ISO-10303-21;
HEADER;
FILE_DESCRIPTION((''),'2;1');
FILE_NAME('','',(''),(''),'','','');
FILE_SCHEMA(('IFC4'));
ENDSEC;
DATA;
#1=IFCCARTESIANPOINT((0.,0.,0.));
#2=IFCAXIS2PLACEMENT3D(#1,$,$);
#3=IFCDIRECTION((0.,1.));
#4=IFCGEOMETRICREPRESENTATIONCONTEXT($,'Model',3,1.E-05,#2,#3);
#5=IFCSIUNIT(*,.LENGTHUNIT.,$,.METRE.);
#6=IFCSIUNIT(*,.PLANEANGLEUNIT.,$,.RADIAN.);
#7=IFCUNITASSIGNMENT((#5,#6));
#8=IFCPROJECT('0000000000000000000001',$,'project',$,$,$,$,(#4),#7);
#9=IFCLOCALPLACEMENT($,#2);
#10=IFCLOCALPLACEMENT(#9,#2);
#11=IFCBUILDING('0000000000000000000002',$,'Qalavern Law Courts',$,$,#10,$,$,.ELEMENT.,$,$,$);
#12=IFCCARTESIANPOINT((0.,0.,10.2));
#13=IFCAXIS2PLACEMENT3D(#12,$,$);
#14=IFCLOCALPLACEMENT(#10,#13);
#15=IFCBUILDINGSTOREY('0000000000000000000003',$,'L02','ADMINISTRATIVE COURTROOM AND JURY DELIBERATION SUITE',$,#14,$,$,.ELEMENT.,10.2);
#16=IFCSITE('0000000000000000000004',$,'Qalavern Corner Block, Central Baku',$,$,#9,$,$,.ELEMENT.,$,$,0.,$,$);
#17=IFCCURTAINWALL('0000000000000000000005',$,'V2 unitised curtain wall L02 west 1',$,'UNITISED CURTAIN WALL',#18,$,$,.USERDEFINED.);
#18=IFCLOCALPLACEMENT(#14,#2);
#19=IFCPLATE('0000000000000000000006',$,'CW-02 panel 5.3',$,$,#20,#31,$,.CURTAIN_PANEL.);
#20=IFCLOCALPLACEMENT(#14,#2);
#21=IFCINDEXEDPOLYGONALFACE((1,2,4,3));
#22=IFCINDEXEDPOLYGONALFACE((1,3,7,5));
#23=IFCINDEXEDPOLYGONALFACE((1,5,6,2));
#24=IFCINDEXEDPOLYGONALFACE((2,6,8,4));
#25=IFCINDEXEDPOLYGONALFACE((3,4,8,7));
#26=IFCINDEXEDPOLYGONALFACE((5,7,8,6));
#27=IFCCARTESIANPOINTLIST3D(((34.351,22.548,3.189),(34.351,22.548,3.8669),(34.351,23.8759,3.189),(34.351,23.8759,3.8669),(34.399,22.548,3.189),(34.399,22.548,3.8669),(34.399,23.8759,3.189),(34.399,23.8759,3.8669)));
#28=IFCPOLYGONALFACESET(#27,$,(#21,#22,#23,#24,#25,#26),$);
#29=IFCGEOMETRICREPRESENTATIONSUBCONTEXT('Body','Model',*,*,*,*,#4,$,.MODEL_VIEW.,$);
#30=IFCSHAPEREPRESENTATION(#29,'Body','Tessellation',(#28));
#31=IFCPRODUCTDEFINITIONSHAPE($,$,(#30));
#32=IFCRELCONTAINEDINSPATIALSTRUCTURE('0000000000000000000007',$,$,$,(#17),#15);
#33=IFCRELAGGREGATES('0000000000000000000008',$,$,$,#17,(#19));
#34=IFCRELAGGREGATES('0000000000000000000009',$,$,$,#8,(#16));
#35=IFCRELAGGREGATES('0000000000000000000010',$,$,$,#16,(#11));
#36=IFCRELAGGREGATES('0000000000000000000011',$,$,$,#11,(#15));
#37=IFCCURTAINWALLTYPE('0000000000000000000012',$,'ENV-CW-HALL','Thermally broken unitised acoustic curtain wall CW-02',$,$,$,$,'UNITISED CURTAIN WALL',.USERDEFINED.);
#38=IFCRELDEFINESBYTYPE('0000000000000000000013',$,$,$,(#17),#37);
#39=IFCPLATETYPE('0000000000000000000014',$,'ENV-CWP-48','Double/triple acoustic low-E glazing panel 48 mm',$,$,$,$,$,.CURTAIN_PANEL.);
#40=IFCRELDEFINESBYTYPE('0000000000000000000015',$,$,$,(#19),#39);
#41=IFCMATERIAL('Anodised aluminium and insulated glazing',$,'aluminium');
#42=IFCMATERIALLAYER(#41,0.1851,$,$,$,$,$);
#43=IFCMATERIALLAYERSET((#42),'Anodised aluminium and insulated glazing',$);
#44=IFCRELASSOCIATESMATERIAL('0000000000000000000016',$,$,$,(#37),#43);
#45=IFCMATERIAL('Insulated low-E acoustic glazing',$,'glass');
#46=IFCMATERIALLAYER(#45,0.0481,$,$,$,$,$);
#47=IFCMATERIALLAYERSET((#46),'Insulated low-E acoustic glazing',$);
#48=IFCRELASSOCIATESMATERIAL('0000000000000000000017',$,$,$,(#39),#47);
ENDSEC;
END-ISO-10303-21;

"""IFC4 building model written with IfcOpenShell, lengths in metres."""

from ifc_helpers import new_model, si_unit, direction, frame, origin, origin_2d, place, context, subcontext, project, spatial, rectangle, extrude, material, layer, layer_set, type_object, element, aggregate, save


model = new_model("IFC4")

# Units and contexts
model_context = context("Model", 3, precision=1e-05, world=origin(), true_north=direction((0.0, 1.0)))
body_context = subcontext(model_context, "Body", "Model", "MODEL_VIEW")
ifc_project = project(units=[si_unit("LENGTHUNIT", "METRE"), si_unit("PLANEANGLEUNIT", "RADIAN")], contexts=[model_context])

# Site, building, storey
site_placement = place(None, origin())
site = spatial("IfcSite", under=ifc_project, at=site_placement, Name="Qalavern Corner Block, Central Baku", CompositionType="ELEMENT", RefElevation=0.0)
building_placement = place(site_placement, origin())
building = spatial("IfcBuilding", under=site, at=building_placement, Name="Qalavern Law Courts", CompositionType="ELEMENT")
storey_placement = place(building_placement, frame((0.0, 0.0, 10.2)))
storey = spatial("IfcBuildingStorey", under=building, at=storey_placement, Name="L02", Description="ADMINISTRATIVE COURTROOM AND JURY DELIBERATION SUITE", CompositionType="ELEMENT", Elevation=10.2)

# Curtain wall
ifc_material_1 = material(Name="Anodised aluminium and insulated glazing", Category="aluminium")
ifc_layer_1 = layer(ifc_material_1, 0.1851)
ifc_layer_set_1 = layer_set([ifc_layer_1], Name="Anodised aluminium and insulated glazing")
curtain_wall_type = type_object("IfcCurtainWallType", Name="ENV-CW-HALL", Description="Thermally broken unitised acoustic curtain wall CW-02", ElementType="UNITISED CURTAIN WALL", PredefinedType="USERDEFINED", material=ifc_layer_set_1)
curtain_wall_placement = place(storey_placement, origin())
curtain_wall = element("IfcCurtainWall", 1, at=curtain_wall_placement, inside=storey, type_object=curtain_wall_type, Name="V2 unitised curtain wall L02 west 1", ObjectType="UNITISED CURTAIN WALL", PredefinedType="USERDEFINED")

# Plate
ifc_material_2 = material(Name="Insulated low-E acoustic glazing", Category="glass")
ifc_layer_2 = layer(ifc_material_2, 0.0481)
ifc_layer_set_2 = layer_set([ifc_layer_2], Name="Insulated low-E acoustic glazing")
plate_type = type_object("IfcPlateType", Name="ENV-CWP-48", Description="Double/triple acoustic low-E glazing panel 48 mm", PredefinedType="CURTAIN_PANEL", material=ifc_layer_set_2)
plate_1_placement = place(storey_placement, frame((34.375, 23.2119, 3.189), z_axis=(0.0, 0.0, 1.0), x_axis=(0.0, -1.0, 0.0)))
plate_1 = element("IfcPlate", 2, at=plate_1_placement, type_object=plate_type, Name="CW-02 panel 5.3", PredefinedType="CURTAIN_PANEL", context=body_context, shape_type="SweptSolid", body=[
    extrude(rectangle(XDim=1.3279, YDim=0.0481, at=origin_2d()), origin(), (0.0, 0.0, 1.0), 0.678),
])
aggregate(curtain_wall, [plate_1])

save(model, "model.ifc")
